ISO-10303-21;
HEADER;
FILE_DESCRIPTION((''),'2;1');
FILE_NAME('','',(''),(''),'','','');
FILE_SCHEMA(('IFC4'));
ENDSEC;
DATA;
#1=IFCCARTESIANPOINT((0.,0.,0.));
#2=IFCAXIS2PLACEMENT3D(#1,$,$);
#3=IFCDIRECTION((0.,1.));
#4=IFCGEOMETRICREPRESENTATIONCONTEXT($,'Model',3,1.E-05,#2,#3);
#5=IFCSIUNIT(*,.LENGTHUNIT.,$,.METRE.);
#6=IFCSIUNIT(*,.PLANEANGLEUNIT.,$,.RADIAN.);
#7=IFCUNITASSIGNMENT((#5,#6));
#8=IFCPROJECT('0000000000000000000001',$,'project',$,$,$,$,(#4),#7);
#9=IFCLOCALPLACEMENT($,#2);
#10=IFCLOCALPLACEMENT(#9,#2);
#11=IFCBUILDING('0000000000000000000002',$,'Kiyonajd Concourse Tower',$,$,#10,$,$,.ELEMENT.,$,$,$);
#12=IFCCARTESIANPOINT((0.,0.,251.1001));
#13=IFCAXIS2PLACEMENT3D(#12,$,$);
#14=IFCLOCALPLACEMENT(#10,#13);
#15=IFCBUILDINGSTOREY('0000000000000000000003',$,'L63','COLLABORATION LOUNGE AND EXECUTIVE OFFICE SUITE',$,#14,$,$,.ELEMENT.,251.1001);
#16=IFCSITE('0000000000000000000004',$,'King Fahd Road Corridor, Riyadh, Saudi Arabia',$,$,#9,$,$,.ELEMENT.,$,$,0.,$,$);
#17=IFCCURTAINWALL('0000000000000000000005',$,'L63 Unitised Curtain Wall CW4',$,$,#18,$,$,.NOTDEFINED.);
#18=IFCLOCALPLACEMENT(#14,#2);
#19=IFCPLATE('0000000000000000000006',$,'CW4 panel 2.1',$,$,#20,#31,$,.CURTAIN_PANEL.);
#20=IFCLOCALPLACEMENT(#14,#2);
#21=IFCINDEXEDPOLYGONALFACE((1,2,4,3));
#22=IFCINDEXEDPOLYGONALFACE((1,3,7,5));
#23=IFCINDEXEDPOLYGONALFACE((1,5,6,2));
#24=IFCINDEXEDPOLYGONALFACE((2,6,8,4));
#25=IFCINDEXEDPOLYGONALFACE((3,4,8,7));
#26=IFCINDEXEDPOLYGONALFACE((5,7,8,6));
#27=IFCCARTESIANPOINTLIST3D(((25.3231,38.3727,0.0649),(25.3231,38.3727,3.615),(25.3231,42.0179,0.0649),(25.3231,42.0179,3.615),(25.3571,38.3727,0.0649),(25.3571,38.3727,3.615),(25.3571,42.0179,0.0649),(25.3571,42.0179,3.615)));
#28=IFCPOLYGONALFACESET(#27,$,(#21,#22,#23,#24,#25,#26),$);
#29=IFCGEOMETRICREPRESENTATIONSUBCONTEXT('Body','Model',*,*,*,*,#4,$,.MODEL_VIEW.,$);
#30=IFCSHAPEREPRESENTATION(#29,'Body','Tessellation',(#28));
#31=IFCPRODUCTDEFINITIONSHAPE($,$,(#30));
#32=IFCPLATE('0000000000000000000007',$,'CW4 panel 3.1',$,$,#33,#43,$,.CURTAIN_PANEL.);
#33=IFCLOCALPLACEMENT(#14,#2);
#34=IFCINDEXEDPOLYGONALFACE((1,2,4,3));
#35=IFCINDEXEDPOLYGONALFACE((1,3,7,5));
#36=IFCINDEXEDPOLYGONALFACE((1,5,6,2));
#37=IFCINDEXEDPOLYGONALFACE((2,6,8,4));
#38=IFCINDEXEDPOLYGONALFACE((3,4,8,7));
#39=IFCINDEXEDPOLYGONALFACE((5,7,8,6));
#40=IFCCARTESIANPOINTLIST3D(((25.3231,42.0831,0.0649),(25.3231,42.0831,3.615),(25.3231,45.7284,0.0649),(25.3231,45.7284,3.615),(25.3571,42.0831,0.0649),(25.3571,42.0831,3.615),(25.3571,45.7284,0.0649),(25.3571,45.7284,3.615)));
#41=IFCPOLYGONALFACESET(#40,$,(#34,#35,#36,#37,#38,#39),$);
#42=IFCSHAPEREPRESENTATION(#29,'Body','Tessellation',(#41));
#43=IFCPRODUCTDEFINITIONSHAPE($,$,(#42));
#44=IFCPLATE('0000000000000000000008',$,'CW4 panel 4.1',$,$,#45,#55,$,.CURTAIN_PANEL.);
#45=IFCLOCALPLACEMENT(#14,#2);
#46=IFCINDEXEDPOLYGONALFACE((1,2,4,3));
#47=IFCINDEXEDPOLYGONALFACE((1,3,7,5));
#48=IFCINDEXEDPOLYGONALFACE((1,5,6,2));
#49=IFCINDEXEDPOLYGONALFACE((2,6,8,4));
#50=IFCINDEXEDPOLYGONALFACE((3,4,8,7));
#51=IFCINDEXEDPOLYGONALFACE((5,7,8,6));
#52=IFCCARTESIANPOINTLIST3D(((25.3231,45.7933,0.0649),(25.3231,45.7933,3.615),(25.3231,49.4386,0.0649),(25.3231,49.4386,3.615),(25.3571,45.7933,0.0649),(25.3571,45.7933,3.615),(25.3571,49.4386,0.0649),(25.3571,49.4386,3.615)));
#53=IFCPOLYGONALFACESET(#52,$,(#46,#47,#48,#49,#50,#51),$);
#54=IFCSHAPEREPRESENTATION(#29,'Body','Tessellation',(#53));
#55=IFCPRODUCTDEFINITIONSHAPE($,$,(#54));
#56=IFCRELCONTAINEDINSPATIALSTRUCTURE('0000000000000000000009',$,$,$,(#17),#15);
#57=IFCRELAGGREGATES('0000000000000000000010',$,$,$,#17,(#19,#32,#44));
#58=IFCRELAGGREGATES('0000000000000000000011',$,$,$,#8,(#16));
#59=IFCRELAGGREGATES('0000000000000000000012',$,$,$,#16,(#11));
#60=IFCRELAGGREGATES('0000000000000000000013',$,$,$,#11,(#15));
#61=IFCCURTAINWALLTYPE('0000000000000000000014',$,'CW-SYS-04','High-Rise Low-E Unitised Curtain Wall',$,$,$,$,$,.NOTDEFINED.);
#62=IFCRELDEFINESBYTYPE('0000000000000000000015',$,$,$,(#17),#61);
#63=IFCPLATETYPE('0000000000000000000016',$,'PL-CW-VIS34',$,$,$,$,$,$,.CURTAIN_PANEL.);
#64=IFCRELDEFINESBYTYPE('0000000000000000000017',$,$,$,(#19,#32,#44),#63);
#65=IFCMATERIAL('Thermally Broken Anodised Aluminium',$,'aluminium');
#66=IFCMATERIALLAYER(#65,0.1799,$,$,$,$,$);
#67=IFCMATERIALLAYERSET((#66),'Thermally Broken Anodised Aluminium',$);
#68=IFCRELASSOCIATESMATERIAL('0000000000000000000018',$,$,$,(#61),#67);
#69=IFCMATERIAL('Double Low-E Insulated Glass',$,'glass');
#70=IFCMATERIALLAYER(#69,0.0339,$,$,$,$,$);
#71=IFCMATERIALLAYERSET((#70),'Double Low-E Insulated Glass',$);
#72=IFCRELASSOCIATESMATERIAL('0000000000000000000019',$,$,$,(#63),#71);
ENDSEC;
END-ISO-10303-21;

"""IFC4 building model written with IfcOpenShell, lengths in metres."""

from ifc_helpers import new_model, si_unit, direction, frame, origin, origin_2d, place, context, subcontext, project, spatial, rectangle, extrude, material, layer, layer_set, type_object, element, aggregate, save


model = new_model("IFC4")

# Units and contexts
model_context = context("Model", 3, precision=1e-05, world=origin(), true_north=direction((0.0, 1.0)))
body_context = subcontext(model_context, "Body", "Model", "MODEL_VIEW")
ifc_project = project(units=[si_unit("LENGTHUNIT", "METRE"), si_unit("PLANEANGLEUNIT", "RADIAN")], contexts=[model_context])

# Site, building, storey
site_placement = place(None, origin())
site = spatial("IfcSite", under=ifc_project, at=site_placement, Name="King Fahd Road Corridor, Riyadh, Saudi Arabia", CompositionType="ELEMENT", RefElevation=0.0)
building_placement = place(site_placement, origin())
building = spatial("IfcBuilding", under=site, at=building_placement, Name="Kiyonajd Concourse Tower", CompositionType="ELEMENT")
storey_placement = place(building_placement, frame((0.0, 0.0, 251.1001)))
storey = spatial("IfcBuildingStorey", under=building, at=storey_placement, Name="L63", Description="COLLABORATION LOUNGE AND EXECUTIVE OFFICE SUITE", CompositionType="ELEMENT", Elevation=251.1001)

# Curtain wall
ifc_material_1 = material(Name="Thermally Broken Anodised Aluminium", Category="aluminium")
ifc_layer_1 = layer(ifc_material_1, 0.1799)
ifc_layer_set_1 = layer_set([ifc_layer_1], Name="Thermally Broken Anodised Aluminium")
curtain_wall_type = type_object("IfcCurtainWallType", Name="CW-SYS-04", Description="High-Rise Low-E Unitised Curtain Wall", PredefinedType="NOTDEFINED", material=ifc_layer_set_1)
curtain_wall_placement = place(storey_placement, origin())
curtain_wall = element("IfcCurtainWall", 1, at=curtain_wall_placement, inside=storey, type_object=curtain_wall_type, Name="L63 Unitised Curtain Wall CW4", PredefinedType="NOTDEFINED")

# Plates
ifc_material_2 = material(Name="Double Low-E Insulated Glass", Category="glass")
ifc_layer_2 = layer(ifc_material_2, 0.0339)
ifc_layer_set_2 = layer_set([ifc_layer_2], Name="Double Low-E Insulated Glass")
plate_type_1 = type_object("IfcPlateType", Name="PL-CW-VIS34", PredefinedType="CURTAIN_PANEL", material=ifc_layer_set_2)
plate_1_placement = place(storey_placement, frame((25.3401, 40.1953, 0.0649), z_axis=(0.0, 0.0, 1.0), x_axis=(0.0, 1.0, 0.0)))
plate_1 = element("IfcPlate", 2, at=plate_1_placement, type_object=plate_type_1, Name="CW4 panel 2.1", PredefinedType="CURTAIN_PANEL", context=body_context, shape_type="SweptSolid", body=[
    extrude(rectangle(XDim=3.6453, YDim=0.0339, at=origin_2d()), origin(), (0.0, 0.0, 1.0), 3.55),
])
plate_2_placement = place(storey_placement, frame((25.3401, 43.9058, 0.0649), z_axis=(0.0, 0.0, 1.0), x_axis=(0.0, 1.0, 0.0)))
plate_2 = element("IfcPlate", 3, at=plate_2_placement, type_object=plate_type_1, Name="CW4 panel 3.1", PredefinedType="CURTAIN_PANEL", context=body_context, shape_type="SweptSolid", body=[
    extrude(rectangle(XDim=3.6453, YDim=0.0339, at=origin_2d()), origin(), (0.0, 0.0, 1.0), 3.55),
])
plate_3_placement = place(storey_placement, frame((25.3401, 47.616, 0.0649), z_axis=(0.0, 0.0, 1.0), x_axis=(0.0, 1.0, 0.0)))
plate_3 = element("IfcPlate", 4, at=plate_3_placement, type_object=plate_type_1, Name="CW4 panel 4.1", PredefinedType="CURTAIN_PANEL", context=body_context, shape_type="SweptSolid", body=[
    extrude(rectangle(XDim=3.6453, YDim=0.0339, at=origin_2d()), origin(), (0.0, 0.0, 1.0), 3.55),
])
aggregate(curtain_wall, [plate_1, plate_2, plate_3])

save(model, "model.ifc")
